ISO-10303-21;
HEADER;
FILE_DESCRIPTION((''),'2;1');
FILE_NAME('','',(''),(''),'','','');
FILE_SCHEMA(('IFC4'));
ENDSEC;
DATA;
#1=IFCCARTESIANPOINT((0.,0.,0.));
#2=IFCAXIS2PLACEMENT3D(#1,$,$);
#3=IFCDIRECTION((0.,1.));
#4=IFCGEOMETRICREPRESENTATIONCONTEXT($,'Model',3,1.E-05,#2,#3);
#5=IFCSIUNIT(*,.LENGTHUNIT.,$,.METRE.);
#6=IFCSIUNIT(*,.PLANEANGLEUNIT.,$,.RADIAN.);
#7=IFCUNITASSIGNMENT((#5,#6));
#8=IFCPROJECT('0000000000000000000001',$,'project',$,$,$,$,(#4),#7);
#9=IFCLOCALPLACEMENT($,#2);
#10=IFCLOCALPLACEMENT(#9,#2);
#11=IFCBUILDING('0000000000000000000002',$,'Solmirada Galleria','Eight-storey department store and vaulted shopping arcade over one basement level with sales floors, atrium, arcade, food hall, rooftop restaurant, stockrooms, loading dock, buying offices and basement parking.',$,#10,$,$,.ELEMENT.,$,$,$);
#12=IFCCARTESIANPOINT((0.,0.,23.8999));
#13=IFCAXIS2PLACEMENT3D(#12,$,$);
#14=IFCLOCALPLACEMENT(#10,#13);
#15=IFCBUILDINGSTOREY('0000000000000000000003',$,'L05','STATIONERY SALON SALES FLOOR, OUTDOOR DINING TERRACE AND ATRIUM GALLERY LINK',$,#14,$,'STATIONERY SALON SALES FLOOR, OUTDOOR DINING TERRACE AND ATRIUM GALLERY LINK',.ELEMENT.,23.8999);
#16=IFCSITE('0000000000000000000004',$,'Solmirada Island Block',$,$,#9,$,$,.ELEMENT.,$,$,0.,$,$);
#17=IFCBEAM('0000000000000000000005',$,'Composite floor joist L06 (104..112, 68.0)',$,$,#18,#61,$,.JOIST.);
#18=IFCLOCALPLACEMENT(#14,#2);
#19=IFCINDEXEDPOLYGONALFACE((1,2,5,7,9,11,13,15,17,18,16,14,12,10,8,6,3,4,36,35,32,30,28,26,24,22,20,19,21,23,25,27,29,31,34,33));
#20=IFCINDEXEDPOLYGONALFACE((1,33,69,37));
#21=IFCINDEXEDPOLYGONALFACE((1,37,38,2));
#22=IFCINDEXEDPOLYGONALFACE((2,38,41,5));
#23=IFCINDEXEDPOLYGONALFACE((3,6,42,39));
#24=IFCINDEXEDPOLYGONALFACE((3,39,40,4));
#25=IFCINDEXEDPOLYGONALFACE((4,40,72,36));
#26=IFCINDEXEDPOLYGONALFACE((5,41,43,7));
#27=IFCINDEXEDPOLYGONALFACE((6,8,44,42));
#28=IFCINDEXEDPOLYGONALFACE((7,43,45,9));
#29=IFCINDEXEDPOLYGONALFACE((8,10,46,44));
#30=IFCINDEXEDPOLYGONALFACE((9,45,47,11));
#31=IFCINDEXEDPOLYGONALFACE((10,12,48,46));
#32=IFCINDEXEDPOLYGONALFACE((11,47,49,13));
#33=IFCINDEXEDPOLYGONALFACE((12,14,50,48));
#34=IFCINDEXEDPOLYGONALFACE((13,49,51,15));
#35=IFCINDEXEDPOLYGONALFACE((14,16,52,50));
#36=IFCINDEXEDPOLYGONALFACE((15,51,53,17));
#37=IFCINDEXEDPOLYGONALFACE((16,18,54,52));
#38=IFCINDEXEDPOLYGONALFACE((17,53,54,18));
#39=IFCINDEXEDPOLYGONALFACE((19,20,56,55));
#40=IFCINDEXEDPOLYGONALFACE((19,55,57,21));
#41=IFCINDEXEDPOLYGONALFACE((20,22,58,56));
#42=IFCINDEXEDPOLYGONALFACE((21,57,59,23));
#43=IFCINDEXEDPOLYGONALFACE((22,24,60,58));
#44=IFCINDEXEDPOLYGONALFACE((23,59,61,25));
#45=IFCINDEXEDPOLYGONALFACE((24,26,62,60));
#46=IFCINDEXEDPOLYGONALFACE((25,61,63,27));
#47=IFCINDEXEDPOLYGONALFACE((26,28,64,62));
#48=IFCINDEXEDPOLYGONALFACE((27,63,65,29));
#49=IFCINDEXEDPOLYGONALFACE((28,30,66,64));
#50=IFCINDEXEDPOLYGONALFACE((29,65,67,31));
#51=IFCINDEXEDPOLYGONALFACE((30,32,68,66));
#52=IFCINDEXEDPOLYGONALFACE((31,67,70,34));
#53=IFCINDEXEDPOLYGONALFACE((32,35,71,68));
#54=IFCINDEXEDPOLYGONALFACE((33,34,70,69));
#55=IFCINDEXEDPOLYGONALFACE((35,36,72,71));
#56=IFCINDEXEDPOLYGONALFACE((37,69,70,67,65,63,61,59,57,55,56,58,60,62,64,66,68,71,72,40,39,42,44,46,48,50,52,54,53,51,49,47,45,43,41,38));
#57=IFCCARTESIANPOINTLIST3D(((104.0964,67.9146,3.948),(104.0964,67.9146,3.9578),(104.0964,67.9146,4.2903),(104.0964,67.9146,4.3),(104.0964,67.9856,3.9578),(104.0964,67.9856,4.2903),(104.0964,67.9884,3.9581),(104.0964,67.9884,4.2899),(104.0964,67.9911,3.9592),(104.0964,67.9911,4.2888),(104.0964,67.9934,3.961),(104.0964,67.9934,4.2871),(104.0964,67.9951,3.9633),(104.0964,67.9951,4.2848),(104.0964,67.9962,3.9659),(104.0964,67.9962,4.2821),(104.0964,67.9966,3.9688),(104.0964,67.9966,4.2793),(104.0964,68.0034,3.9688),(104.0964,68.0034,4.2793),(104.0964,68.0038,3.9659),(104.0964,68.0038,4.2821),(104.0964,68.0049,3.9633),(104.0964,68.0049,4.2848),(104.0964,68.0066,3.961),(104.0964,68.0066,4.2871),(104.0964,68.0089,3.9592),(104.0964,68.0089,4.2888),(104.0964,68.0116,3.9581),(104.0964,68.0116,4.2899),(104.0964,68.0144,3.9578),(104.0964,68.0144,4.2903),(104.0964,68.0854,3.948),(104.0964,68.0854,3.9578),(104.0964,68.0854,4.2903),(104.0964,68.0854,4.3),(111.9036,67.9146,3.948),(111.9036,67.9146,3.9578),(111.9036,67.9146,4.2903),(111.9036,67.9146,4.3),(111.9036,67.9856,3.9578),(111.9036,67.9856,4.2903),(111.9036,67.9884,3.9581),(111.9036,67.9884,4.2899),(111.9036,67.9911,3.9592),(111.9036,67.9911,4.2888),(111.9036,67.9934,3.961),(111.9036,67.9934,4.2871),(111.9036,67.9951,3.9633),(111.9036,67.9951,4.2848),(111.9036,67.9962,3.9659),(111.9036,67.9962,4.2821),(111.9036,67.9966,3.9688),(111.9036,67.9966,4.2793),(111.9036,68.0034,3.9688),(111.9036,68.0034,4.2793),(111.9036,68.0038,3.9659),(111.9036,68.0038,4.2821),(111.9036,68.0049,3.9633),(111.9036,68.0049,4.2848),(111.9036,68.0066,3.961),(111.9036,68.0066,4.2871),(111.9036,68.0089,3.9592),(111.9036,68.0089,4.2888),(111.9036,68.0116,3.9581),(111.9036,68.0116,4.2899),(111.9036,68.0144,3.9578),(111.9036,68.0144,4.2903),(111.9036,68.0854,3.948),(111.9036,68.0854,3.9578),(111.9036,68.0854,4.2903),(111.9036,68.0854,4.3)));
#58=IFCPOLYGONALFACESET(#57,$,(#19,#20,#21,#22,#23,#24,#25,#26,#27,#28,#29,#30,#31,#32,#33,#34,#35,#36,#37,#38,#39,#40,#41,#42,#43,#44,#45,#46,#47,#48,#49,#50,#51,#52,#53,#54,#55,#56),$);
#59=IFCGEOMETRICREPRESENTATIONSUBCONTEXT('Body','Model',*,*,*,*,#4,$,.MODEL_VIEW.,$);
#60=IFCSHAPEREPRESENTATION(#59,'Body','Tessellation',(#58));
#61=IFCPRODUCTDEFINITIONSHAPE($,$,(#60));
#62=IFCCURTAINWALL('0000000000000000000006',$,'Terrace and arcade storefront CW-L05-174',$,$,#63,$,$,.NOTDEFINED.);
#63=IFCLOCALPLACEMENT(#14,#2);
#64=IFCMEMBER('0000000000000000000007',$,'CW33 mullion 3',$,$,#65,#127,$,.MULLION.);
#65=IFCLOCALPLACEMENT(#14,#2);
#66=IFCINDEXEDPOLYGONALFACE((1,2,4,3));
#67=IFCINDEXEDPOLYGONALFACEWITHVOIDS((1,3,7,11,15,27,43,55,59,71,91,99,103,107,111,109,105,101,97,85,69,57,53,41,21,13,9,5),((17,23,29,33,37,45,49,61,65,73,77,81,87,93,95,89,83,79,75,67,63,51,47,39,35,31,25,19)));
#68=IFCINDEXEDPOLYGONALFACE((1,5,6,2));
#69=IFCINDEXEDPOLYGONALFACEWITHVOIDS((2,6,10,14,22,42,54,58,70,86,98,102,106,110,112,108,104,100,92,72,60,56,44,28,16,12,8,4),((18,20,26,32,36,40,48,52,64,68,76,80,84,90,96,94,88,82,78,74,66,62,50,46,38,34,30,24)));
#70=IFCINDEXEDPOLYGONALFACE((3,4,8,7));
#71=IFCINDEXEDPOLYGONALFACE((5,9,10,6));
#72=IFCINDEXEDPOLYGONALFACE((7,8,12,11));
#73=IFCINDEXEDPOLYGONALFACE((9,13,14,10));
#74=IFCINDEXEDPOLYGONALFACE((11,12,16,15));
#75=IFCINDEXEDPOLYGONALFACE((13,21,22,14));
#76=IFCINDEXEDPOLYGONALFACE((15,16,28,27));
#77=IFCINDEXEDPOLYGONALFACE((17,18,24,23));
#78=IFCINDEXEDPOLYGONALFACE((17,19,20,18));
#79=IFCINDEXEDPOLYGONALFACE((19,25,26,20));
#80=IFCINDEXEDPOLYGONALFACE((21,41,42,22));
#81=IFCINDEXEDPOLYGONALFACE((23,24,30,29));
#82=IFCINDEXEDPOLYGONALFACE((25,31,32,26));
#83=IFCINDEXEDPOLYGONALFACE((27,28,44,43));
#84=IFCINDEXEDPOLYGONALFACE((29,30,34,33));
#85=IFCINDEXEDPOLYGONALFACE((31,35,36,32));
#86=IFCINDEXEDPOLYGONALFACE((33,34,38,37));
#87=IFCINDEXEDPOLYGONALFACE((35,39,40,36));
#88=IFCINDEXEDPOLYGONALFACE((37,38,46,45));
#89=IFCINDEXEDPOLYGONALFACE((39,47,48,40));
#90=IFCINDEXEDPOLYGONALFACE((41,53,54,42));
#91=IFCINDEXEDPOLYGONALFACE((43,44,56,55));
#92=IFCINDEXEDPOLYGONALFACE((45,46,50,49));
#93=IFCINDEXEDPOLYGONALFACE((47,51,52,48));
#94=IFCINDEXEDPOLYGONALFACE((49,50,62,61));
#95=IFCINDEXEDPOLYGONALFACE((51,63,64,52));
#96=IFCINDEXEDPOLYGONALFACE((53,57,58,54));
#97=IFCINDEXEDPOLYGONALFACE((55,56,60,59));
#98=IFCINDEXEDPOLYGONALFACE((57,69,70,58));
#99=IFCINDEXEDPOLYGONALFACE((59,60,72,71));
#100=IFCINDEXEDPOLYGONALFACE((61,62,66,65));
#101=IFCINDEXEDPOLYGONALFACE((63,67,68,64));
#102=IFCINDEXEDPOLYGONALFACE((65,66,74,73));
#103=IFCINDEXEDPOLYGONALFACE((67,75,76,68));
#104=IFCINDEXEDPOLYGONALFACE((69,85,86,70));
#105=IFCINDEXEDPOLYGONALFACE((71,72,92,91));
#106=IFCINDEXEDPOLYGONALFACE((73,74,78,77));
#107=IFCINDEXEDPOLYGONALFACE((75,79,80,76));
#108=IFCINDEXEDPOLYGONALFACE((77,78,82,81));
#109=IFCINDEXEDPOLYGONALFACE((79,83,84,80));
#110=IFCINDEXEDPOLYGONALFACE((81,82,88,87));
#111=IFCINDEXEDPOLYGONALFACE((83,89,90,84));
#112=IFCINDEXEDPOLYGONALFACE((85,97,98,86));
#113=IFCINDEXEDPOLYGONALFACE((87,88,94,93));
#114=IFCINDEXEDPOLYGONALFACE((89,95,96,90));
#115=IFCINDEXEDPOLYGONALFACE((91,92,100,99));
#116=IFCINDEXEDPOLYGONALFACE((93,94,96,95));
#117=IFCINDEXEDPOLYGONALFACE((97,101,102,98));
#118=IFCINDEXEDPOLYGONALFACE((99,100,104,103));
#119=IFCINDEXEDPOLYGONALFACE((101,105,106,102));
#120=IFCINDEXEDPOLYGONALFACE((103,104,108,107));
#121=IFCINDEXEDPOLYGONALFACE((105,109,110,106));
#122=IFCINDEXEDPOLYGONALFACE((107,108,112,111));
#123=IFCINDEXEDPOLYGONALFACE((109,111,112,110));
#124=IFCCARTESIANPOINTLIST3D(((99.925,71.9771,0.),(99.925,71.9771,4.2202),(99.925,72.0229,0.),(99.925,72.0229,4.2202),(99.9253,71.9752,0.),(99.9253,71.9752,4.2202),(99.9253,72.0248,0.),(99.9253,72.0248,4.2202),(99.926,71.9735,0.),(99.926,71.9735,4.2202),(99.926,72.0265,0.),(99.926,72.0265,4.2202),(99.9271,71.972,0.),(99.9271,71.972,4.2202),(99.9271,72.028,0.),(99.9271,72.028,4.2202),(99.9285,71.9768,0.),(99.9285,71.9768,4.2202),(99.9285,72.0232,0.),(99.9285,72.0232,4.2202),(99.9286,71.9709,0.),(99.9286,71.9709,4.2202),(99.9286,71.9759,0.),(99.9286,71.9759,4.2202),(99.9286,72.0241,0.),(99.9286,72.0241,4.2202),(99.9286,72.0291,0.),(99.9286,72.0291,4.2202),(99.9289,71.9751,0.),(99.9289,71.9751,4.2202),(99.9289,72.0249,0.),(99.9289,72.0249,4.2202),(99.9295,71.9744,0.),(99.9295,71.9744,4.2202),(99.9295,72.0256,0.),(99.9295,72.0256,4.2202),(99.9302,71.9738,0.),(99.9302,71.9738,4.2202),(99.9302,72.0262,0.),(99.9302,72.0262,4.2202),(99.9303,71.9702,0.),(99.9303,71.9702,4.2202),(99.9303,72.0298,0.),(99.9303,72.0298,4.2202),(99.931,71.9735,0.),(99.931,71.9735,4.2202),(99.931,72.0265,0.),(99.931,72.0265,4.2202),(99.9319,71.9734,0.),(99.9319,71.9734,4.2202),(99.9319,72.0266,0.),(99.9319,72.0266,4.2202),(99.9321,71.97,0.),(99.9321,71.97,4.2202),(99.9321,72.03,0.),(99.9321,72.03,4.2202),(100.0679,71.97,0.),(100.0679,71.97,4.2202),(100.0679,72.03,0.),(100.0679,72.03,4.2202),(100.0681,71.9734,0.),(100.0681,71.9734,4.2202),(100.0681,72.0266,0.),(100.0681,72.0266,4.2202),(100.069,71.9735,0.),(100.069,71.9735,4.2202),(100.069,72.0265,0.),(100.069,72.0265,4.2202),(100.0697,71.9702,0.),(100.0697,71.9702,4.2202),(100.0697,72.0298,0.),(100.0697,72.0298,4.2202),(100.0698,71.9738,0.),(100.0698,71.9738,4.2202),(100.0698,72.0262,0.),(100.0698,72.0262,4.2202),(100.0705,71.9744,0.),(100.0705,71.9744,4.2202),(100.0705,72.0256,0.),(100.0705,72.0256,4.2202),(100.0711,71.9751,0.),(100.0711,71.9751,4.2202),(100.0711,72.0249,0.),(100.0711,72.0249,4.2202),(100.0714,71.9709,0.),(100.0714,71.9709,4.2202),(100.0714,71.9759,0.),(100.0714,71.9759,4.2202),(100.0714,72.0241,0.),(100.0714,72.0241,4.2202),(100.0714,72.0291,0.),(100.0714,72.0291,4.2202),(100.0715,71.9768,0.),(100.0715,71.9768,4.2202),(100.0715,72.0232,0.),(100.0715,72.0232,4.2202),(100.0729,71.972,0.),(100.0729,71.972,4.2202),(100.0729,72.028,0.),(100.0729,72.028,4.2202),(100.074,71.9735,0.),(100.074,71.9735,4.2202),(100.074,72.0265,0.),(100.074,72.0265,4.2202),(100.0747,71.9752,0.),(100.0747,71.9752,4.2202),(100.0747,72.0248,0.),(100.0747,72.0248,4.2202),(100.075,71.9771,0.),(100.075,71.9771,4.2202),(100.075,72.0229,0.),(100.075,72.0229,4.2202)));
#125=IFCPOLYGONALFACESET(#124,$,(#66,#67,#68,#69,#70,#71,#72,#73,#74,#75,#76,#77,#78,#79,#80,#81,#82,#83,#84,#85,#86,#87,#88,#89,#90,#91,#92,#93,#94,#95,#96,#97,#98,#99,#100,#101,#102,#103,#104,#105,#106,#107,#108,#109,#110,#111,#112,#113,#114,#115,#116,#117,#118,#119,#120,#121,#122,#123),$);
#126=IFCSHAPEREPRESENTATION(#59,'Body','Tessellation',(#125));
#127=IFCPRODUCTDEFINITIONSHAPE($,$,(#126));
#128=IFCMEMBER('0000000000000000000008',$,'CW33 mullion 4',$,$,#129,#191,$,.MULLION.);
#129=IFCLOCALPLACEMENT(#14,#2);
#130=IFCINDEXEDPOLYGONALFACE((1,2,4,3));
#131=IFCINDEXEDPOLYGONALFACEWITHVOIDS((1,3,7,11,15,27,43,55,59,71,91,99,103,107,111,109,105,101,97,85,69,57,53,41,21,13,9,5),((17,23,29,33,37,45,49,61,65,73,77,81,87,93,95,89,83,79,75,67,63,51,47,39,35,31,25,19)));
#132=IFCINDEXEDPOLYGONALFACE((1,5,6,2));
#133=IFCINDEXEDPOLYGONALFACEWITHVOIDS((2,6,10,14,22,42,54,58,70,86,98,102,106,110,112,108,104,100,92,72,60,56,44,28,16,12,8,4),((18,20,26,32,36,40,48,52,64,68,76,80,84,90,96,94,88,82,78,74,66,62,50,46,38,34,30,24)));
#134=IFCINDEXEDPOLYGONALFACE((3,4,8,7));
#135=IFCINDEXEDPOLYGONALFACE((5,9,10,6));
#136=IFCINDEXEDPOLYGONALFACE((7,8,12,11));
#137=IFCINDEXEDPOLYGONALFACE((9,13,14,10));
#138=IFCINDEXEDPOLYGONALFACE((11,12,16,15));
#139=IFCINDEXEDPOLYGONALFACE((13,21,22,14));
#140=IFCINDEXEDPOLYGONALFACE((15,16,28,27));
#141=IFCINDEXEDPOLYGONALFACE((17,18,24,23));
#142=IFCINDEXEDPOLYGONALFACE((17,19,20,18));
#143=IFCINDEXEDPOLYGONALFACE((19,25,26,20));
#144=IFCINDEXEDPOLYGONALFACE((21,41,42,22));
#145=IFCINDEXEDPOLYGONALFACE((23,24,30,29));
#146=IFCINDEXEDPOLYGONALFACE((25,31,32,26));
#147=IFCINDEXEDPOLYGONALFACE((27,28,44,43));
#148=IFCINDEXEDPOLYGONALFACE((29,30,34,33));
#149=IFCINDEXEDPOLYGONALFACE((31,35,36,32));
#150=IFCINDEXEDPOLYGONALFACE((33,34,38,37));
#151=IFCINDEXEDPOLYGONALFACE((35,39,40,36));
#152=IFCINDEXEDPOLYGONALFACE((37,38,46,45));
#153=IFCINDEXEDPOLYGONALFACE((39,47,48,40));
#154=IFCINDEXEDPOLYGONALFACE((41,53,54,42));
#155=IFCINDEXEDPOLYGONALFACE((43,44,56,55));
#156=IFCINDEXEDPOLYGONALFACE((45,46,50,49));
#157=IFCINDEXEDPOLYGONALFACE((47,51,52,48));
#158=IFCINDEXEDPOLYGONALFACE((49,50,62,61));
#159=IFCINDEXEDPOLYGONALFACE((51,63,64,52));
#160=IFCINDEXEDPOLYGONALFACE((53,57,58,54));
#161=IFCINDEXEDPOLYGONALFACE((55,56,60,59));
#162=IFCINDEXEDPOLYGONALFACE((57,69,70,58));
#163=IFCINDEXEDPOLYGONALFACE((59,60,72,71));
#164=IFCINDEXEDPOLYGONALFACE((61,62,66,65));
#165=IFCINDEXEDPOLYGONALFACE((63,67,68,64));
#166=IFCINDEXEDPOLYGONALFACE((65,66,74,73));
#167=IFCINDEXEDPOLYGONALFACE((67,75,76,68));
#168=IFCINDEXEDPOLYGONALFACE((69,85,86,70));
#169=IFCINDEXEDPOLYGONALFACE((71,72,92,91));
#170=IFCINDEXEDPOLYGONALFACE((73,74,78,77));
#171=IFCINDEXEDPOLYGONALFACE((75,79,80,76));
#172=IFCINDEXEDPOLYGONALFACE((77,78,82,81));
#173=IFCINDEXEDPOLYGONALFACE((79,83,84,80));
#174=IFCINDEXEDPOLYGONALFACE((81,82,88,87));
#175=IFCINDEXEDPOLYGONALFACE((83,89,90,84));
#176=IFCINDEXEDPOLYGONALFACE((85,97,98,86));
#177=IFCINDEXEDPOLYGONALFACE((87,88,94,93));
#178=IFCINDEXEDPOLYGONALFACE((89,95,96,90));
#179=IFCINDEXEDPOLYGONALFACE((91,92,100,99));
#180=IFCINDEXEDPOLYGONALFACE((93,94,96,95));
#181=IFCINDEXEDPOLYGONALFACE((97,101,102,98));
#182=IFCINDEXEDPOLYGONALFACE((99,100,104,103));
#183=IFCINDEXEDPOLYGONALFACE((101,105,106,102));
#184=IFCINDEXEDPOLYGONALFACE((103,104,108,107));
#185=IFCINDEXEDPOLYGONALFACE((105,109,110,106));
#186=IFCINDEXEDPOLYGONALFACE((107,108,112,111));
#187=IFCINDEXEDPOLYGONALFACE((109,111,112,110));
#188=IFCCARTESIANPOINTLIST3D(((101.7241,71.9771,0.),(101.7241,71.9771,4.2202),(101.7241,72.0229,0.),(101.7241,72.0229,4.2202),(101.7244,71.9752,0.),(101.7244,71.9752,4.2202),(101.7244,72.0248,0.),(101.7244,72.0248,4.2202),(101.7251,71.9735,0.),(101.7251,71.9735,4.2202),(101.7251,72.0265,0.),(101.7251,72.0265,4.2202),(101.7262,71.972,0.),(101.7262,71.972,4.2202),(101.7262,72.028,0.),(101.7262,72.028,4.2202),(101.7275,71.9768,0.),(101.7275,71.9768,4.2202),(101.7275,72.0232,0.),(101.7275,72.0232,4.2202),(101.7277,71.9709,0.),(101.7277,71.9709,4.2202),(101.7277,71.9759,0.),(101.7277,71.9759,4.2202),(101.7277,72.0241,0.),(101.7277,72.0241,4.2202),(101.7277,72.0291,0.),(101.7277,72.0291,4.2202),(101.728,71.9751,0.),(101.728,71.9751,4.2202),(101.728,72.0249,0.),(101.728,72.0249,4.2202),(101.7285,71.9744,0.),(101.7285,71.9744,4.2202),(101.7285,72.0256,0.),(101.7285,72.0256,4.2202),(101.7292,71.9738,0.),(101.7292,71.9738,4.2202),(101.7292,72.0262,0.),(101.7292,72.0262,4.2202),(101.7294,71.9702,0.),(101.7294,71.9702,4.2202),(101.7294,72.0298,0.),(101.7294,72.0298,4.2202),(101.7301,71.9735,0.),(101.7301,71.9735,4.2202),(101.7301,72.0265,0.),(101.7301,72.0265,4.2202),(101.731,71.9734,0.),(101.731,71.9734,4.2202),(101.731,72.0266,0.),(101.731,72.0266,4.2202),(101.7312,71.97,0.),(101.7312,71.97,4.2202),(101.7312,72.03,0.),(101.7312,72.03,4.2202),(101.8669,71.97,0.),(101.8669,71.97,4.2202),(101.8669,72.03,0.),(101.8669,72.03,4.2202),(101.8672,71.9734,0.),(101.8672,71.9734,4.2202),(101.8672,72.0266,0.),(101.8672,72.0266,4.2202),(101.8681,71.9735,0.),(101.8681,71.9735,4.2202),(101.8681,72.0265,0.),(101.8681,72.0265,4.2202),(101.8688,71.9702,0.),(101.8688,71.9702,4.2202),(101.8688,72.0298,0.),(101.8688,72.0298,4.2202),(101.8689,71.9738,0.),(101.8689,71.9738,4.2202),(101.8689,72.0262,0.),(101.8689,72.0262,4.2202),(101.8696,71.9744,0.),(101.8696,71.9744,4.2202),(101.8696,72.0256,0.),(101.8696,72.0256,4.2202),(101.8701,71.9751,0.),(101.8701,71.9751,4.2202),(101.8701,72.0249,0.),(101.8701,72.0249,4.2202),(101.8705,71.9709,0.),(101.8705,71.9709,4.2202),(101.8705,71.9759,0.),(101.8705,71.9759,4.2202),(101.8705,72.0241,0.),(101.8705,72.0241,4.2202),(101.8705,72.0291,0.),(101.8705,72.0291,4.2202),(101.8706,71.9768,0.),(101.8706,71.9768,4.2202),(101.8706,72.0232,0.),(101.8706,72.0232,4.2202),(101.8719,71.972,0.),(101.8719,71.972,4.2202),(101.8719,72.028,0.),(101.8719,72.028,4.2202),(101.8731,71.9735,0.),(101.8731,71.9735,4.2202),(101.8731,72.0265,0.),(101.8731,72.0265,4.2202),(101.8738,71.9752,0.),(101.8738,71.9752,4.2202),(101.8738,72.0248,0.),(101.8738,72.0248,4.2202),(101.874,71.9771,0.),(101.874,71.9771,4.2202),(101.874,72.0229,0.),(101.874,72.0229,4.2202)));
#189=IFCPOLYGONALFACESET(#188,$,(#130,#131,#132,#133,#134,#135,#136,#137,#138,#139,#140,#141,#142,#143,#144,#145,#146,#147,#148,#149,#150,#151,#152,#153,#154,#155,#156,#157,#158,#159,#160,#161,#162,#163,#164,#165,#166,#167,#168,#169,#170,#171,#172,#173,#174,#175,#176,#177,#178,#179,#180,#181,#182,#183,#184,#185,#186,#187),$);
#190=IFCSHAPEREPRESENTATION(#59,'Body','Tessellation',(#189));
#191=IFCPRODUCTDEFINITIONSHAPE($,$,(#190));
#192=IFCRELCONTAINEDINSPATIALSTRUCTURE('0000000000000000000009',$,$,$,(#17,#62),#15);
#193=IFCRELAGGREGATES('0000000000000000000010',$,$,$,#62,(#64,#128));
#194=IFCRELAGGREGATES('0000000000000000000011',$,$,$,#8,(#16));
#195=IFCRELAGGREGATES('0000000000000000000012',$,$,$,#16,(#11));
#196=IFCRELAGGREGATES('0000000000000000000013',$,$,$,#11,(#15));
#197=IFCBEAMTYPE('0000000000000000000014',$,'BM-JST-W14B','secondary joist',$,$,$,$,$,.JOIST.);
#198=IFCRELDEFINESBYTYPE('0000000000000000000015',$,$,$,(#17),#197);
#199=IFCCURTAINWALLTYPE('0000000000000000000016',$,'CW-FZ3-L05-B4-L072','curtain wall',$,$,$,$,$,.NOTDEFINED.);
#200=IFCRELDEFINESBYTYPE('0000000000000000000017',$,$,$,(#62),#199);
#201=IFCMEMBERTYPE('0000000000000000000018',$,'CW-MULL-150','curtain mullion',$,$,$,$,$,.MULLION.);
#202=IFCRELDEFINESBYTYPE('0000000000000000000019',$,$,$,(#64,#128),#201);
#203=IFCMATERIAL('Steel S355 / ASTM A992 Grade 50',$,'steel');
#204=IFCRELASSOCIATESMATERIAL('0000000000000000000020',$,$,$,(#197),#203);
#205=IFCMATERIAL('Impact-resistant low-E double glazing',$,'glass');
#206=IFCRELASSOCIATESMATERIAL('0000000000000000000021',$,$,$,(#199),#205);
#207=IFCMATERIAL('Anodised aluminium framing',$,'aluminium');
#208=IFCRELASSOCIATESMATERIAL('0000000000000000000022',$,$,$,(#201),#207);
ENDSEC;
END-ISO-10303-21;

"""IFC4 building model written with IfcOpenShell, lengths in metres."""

from ifc_helpers import new_model, si_unit, direction, frame, origin, origin_2d, place, context, subcontext, project, spatial, hollow_rectangle, i_section, extrude, material, material_profile, profile_set, type_object, element, aggregate, save


model = new_model("IFC4")

# Units and contexts
model_context = context("Model", 3, precision=1e-05, world=origin(), true_north=direction((0.0, 1.0)))
body_context = subcontext(model_context, "Body", "Model", "MODEL_VIEW")
ifc_project = project(units=[si_unit("LENGTHUNIT", "METRE"), si_unit("PLANEANGLEUNIT", "RADIAN")], contexts=[model_context])

# Site, building, storey
site_placement = place(None, origin())
site = spatial("IfcSite", under=ifc_project, at=site_placement, Name="Solmirada Island Block", CompositionType="ELEMENT", RefElevation=0.0)
building_placement = place(site_placement, origin())
building = spatial("IfcBuilding", under=site, at=building_placement, Name="Solmirada Galleria", Description="Eight-storey department store and vaulted shopping arcade over one basement level with sales floors, atrium, arcade, food hall, rooftop restaurant, stockrooms, loading dock, buying offices and basement parking.", CompositionType="ELEMENT")
storey_placement = place(building_placement, frame((0.0, 0.0, 23.8999)))
storey = spatial("IfcBuildingStorey", under=building, at=storey_placement, Name="L05", Description="STATIONERY SALON SALES FLOOR, OUTDOOR DINING TERRACE AND ATRIUM GALLERY LINK", LongName="STATIONERY SALON SALES FLOOR, OUTDOOR DINING TERRACE AND ATRIUM GALLERY LINK", CompositionType="ELEMENT", Elevation=23.8999)

# Beam
ifc_material_1 = material(Name="Steel S355 / ASTM A992 Grade 50", Category="steel")
ifc_material_profile_1 = material_profile(ifc_material_1, i_section(OverallWidth=0.1709, OverallDepth=0.3521, WebThickness=0.0068, FlangeThickness=0.0098, FilletRadius=0.011, at=origin_2d()), Name="W14X30")
ifc_profile_set_1 = profile_set([ifc_material_profile_1], Name="Steel S355 / ASTM A992 Grade 50")
beam_type_1 = type_object("IfcBeamType", Name="BM-JST-W14B", Description="secondary joist", PredefinedType="JOIST", material=ifc_profile_set_1)
beam_placement = place(storey_placement, frame((104.0964, 68.0, 4.124), z_axis=(1.0, 0.0, 0.0), x_axis=(0.0, 1.0, 0.0)))
element("IfcBeam", 1, at=beam_placement, inside=storey, type_object=beam_type_1, Name="Composite floor joist L06 (104..112, 68.0)", PredefinedType="JOIST", context=body_context, shape_type="SweptSolid", body=[
    extrude(i_section(OverallWidth=0.1709, OverallDepth=0.3521, WebThickness=0.0068, FlangeThickness=0.0098, FilletRadius=0.011, at=origin_2d()), origin(), (0.0, 0.0, 1.0), 7.8071),
])

# Curtain wall, members
ifc_material_2 = material(Name="Impact-resistant low-E double glazing", Category="glass")
curtain_wall_type = type_object("IfcCurtainWallType", Name="CW-FZ3-L05-B4-L072", Description="curtain wall", PredefinedType="NOTDEFINED", material=ifc_material_2)
curtain_wall_placement = place(storey_placement, origin())
curtain_wall = element("IfcCurtainWall", 2, at=curtain_wall_placement, inside=storey, type_object=curtain_wall_type, Name="Terrace and arcade storefront CW-L05-174", PredefinedType="NOTDEFINED")
ifc_material_3 = material(Name="Anodised aluminium framing", Category="aluminium")
ifc_material_profile_2 = material_profile(ifc_material_3, hollow_rectangle(XDim=0.0601, YDim=0.1499, WallThickness=0.0034, InnerFilletRadius=0.0034, OuterFilletRadius=0.0071, at=origin_2d()), Name="ALU-MULL-150X60")
ifc_profile_set_2 = profile_set([ifc_material_profile_2], Name="Anodised aluminium framing")
member_type_1 = type_object("IfcMemberType", Name="CW-MULL-150", Description="curtain mullion", PredefinedType="MULLION", material=ifc_profile_set_2)
member_1_placement = place(storey_placement, frame((100.0, 72.0, 0.0), z_axis=(0.0, 0.0, 1.0), x_axis=(0.0, 1.0, 0.0)))
member_1 = element("IfcMember", 3, at=member_1_placement, type_object=member_type_1, Name="CW33 mullion 3", PredefinedType="MULLION", context=body_context, shape_type="SweptSolid", body=[
    extrude(hollow_rectangle(XDim=0.0601, YDim=0.1499, WallThickness=0.0034, InnerFilletRadius=0.0034, OuterFilletRadius=0.0071, at=origin_2d()), origin(), (0.0, 0.0, 1.0), 4.2202),
])
member_2_placement = place(storey_placement, frame((101.7991, 72.0, 0.0), z_axis=(0.0, 0.0, 1.0), x_axis=(0.0, 1.0, 0.0)))
member_2 = element("IfcMember", 4, at=member_2_placement, type_object=member_type_1, Name="CW33 mullion 4", PredefinedType="MULLION", context=body_context, shape_type="SweptSolid", body=[
    extrude(hollow_rectangle(XDim=0.0601, YDim=0.1499, WallThickness=0.0034, InnerFilletRadius=0.0034, OuterFilletRadius=0.0071, at=origin_2d()), origin(), (0.0, 0.0, 1.0), 4.2202),
])
aggregate(curtain_wall, [member_1, member_2])

save(model, "model.ifc")
